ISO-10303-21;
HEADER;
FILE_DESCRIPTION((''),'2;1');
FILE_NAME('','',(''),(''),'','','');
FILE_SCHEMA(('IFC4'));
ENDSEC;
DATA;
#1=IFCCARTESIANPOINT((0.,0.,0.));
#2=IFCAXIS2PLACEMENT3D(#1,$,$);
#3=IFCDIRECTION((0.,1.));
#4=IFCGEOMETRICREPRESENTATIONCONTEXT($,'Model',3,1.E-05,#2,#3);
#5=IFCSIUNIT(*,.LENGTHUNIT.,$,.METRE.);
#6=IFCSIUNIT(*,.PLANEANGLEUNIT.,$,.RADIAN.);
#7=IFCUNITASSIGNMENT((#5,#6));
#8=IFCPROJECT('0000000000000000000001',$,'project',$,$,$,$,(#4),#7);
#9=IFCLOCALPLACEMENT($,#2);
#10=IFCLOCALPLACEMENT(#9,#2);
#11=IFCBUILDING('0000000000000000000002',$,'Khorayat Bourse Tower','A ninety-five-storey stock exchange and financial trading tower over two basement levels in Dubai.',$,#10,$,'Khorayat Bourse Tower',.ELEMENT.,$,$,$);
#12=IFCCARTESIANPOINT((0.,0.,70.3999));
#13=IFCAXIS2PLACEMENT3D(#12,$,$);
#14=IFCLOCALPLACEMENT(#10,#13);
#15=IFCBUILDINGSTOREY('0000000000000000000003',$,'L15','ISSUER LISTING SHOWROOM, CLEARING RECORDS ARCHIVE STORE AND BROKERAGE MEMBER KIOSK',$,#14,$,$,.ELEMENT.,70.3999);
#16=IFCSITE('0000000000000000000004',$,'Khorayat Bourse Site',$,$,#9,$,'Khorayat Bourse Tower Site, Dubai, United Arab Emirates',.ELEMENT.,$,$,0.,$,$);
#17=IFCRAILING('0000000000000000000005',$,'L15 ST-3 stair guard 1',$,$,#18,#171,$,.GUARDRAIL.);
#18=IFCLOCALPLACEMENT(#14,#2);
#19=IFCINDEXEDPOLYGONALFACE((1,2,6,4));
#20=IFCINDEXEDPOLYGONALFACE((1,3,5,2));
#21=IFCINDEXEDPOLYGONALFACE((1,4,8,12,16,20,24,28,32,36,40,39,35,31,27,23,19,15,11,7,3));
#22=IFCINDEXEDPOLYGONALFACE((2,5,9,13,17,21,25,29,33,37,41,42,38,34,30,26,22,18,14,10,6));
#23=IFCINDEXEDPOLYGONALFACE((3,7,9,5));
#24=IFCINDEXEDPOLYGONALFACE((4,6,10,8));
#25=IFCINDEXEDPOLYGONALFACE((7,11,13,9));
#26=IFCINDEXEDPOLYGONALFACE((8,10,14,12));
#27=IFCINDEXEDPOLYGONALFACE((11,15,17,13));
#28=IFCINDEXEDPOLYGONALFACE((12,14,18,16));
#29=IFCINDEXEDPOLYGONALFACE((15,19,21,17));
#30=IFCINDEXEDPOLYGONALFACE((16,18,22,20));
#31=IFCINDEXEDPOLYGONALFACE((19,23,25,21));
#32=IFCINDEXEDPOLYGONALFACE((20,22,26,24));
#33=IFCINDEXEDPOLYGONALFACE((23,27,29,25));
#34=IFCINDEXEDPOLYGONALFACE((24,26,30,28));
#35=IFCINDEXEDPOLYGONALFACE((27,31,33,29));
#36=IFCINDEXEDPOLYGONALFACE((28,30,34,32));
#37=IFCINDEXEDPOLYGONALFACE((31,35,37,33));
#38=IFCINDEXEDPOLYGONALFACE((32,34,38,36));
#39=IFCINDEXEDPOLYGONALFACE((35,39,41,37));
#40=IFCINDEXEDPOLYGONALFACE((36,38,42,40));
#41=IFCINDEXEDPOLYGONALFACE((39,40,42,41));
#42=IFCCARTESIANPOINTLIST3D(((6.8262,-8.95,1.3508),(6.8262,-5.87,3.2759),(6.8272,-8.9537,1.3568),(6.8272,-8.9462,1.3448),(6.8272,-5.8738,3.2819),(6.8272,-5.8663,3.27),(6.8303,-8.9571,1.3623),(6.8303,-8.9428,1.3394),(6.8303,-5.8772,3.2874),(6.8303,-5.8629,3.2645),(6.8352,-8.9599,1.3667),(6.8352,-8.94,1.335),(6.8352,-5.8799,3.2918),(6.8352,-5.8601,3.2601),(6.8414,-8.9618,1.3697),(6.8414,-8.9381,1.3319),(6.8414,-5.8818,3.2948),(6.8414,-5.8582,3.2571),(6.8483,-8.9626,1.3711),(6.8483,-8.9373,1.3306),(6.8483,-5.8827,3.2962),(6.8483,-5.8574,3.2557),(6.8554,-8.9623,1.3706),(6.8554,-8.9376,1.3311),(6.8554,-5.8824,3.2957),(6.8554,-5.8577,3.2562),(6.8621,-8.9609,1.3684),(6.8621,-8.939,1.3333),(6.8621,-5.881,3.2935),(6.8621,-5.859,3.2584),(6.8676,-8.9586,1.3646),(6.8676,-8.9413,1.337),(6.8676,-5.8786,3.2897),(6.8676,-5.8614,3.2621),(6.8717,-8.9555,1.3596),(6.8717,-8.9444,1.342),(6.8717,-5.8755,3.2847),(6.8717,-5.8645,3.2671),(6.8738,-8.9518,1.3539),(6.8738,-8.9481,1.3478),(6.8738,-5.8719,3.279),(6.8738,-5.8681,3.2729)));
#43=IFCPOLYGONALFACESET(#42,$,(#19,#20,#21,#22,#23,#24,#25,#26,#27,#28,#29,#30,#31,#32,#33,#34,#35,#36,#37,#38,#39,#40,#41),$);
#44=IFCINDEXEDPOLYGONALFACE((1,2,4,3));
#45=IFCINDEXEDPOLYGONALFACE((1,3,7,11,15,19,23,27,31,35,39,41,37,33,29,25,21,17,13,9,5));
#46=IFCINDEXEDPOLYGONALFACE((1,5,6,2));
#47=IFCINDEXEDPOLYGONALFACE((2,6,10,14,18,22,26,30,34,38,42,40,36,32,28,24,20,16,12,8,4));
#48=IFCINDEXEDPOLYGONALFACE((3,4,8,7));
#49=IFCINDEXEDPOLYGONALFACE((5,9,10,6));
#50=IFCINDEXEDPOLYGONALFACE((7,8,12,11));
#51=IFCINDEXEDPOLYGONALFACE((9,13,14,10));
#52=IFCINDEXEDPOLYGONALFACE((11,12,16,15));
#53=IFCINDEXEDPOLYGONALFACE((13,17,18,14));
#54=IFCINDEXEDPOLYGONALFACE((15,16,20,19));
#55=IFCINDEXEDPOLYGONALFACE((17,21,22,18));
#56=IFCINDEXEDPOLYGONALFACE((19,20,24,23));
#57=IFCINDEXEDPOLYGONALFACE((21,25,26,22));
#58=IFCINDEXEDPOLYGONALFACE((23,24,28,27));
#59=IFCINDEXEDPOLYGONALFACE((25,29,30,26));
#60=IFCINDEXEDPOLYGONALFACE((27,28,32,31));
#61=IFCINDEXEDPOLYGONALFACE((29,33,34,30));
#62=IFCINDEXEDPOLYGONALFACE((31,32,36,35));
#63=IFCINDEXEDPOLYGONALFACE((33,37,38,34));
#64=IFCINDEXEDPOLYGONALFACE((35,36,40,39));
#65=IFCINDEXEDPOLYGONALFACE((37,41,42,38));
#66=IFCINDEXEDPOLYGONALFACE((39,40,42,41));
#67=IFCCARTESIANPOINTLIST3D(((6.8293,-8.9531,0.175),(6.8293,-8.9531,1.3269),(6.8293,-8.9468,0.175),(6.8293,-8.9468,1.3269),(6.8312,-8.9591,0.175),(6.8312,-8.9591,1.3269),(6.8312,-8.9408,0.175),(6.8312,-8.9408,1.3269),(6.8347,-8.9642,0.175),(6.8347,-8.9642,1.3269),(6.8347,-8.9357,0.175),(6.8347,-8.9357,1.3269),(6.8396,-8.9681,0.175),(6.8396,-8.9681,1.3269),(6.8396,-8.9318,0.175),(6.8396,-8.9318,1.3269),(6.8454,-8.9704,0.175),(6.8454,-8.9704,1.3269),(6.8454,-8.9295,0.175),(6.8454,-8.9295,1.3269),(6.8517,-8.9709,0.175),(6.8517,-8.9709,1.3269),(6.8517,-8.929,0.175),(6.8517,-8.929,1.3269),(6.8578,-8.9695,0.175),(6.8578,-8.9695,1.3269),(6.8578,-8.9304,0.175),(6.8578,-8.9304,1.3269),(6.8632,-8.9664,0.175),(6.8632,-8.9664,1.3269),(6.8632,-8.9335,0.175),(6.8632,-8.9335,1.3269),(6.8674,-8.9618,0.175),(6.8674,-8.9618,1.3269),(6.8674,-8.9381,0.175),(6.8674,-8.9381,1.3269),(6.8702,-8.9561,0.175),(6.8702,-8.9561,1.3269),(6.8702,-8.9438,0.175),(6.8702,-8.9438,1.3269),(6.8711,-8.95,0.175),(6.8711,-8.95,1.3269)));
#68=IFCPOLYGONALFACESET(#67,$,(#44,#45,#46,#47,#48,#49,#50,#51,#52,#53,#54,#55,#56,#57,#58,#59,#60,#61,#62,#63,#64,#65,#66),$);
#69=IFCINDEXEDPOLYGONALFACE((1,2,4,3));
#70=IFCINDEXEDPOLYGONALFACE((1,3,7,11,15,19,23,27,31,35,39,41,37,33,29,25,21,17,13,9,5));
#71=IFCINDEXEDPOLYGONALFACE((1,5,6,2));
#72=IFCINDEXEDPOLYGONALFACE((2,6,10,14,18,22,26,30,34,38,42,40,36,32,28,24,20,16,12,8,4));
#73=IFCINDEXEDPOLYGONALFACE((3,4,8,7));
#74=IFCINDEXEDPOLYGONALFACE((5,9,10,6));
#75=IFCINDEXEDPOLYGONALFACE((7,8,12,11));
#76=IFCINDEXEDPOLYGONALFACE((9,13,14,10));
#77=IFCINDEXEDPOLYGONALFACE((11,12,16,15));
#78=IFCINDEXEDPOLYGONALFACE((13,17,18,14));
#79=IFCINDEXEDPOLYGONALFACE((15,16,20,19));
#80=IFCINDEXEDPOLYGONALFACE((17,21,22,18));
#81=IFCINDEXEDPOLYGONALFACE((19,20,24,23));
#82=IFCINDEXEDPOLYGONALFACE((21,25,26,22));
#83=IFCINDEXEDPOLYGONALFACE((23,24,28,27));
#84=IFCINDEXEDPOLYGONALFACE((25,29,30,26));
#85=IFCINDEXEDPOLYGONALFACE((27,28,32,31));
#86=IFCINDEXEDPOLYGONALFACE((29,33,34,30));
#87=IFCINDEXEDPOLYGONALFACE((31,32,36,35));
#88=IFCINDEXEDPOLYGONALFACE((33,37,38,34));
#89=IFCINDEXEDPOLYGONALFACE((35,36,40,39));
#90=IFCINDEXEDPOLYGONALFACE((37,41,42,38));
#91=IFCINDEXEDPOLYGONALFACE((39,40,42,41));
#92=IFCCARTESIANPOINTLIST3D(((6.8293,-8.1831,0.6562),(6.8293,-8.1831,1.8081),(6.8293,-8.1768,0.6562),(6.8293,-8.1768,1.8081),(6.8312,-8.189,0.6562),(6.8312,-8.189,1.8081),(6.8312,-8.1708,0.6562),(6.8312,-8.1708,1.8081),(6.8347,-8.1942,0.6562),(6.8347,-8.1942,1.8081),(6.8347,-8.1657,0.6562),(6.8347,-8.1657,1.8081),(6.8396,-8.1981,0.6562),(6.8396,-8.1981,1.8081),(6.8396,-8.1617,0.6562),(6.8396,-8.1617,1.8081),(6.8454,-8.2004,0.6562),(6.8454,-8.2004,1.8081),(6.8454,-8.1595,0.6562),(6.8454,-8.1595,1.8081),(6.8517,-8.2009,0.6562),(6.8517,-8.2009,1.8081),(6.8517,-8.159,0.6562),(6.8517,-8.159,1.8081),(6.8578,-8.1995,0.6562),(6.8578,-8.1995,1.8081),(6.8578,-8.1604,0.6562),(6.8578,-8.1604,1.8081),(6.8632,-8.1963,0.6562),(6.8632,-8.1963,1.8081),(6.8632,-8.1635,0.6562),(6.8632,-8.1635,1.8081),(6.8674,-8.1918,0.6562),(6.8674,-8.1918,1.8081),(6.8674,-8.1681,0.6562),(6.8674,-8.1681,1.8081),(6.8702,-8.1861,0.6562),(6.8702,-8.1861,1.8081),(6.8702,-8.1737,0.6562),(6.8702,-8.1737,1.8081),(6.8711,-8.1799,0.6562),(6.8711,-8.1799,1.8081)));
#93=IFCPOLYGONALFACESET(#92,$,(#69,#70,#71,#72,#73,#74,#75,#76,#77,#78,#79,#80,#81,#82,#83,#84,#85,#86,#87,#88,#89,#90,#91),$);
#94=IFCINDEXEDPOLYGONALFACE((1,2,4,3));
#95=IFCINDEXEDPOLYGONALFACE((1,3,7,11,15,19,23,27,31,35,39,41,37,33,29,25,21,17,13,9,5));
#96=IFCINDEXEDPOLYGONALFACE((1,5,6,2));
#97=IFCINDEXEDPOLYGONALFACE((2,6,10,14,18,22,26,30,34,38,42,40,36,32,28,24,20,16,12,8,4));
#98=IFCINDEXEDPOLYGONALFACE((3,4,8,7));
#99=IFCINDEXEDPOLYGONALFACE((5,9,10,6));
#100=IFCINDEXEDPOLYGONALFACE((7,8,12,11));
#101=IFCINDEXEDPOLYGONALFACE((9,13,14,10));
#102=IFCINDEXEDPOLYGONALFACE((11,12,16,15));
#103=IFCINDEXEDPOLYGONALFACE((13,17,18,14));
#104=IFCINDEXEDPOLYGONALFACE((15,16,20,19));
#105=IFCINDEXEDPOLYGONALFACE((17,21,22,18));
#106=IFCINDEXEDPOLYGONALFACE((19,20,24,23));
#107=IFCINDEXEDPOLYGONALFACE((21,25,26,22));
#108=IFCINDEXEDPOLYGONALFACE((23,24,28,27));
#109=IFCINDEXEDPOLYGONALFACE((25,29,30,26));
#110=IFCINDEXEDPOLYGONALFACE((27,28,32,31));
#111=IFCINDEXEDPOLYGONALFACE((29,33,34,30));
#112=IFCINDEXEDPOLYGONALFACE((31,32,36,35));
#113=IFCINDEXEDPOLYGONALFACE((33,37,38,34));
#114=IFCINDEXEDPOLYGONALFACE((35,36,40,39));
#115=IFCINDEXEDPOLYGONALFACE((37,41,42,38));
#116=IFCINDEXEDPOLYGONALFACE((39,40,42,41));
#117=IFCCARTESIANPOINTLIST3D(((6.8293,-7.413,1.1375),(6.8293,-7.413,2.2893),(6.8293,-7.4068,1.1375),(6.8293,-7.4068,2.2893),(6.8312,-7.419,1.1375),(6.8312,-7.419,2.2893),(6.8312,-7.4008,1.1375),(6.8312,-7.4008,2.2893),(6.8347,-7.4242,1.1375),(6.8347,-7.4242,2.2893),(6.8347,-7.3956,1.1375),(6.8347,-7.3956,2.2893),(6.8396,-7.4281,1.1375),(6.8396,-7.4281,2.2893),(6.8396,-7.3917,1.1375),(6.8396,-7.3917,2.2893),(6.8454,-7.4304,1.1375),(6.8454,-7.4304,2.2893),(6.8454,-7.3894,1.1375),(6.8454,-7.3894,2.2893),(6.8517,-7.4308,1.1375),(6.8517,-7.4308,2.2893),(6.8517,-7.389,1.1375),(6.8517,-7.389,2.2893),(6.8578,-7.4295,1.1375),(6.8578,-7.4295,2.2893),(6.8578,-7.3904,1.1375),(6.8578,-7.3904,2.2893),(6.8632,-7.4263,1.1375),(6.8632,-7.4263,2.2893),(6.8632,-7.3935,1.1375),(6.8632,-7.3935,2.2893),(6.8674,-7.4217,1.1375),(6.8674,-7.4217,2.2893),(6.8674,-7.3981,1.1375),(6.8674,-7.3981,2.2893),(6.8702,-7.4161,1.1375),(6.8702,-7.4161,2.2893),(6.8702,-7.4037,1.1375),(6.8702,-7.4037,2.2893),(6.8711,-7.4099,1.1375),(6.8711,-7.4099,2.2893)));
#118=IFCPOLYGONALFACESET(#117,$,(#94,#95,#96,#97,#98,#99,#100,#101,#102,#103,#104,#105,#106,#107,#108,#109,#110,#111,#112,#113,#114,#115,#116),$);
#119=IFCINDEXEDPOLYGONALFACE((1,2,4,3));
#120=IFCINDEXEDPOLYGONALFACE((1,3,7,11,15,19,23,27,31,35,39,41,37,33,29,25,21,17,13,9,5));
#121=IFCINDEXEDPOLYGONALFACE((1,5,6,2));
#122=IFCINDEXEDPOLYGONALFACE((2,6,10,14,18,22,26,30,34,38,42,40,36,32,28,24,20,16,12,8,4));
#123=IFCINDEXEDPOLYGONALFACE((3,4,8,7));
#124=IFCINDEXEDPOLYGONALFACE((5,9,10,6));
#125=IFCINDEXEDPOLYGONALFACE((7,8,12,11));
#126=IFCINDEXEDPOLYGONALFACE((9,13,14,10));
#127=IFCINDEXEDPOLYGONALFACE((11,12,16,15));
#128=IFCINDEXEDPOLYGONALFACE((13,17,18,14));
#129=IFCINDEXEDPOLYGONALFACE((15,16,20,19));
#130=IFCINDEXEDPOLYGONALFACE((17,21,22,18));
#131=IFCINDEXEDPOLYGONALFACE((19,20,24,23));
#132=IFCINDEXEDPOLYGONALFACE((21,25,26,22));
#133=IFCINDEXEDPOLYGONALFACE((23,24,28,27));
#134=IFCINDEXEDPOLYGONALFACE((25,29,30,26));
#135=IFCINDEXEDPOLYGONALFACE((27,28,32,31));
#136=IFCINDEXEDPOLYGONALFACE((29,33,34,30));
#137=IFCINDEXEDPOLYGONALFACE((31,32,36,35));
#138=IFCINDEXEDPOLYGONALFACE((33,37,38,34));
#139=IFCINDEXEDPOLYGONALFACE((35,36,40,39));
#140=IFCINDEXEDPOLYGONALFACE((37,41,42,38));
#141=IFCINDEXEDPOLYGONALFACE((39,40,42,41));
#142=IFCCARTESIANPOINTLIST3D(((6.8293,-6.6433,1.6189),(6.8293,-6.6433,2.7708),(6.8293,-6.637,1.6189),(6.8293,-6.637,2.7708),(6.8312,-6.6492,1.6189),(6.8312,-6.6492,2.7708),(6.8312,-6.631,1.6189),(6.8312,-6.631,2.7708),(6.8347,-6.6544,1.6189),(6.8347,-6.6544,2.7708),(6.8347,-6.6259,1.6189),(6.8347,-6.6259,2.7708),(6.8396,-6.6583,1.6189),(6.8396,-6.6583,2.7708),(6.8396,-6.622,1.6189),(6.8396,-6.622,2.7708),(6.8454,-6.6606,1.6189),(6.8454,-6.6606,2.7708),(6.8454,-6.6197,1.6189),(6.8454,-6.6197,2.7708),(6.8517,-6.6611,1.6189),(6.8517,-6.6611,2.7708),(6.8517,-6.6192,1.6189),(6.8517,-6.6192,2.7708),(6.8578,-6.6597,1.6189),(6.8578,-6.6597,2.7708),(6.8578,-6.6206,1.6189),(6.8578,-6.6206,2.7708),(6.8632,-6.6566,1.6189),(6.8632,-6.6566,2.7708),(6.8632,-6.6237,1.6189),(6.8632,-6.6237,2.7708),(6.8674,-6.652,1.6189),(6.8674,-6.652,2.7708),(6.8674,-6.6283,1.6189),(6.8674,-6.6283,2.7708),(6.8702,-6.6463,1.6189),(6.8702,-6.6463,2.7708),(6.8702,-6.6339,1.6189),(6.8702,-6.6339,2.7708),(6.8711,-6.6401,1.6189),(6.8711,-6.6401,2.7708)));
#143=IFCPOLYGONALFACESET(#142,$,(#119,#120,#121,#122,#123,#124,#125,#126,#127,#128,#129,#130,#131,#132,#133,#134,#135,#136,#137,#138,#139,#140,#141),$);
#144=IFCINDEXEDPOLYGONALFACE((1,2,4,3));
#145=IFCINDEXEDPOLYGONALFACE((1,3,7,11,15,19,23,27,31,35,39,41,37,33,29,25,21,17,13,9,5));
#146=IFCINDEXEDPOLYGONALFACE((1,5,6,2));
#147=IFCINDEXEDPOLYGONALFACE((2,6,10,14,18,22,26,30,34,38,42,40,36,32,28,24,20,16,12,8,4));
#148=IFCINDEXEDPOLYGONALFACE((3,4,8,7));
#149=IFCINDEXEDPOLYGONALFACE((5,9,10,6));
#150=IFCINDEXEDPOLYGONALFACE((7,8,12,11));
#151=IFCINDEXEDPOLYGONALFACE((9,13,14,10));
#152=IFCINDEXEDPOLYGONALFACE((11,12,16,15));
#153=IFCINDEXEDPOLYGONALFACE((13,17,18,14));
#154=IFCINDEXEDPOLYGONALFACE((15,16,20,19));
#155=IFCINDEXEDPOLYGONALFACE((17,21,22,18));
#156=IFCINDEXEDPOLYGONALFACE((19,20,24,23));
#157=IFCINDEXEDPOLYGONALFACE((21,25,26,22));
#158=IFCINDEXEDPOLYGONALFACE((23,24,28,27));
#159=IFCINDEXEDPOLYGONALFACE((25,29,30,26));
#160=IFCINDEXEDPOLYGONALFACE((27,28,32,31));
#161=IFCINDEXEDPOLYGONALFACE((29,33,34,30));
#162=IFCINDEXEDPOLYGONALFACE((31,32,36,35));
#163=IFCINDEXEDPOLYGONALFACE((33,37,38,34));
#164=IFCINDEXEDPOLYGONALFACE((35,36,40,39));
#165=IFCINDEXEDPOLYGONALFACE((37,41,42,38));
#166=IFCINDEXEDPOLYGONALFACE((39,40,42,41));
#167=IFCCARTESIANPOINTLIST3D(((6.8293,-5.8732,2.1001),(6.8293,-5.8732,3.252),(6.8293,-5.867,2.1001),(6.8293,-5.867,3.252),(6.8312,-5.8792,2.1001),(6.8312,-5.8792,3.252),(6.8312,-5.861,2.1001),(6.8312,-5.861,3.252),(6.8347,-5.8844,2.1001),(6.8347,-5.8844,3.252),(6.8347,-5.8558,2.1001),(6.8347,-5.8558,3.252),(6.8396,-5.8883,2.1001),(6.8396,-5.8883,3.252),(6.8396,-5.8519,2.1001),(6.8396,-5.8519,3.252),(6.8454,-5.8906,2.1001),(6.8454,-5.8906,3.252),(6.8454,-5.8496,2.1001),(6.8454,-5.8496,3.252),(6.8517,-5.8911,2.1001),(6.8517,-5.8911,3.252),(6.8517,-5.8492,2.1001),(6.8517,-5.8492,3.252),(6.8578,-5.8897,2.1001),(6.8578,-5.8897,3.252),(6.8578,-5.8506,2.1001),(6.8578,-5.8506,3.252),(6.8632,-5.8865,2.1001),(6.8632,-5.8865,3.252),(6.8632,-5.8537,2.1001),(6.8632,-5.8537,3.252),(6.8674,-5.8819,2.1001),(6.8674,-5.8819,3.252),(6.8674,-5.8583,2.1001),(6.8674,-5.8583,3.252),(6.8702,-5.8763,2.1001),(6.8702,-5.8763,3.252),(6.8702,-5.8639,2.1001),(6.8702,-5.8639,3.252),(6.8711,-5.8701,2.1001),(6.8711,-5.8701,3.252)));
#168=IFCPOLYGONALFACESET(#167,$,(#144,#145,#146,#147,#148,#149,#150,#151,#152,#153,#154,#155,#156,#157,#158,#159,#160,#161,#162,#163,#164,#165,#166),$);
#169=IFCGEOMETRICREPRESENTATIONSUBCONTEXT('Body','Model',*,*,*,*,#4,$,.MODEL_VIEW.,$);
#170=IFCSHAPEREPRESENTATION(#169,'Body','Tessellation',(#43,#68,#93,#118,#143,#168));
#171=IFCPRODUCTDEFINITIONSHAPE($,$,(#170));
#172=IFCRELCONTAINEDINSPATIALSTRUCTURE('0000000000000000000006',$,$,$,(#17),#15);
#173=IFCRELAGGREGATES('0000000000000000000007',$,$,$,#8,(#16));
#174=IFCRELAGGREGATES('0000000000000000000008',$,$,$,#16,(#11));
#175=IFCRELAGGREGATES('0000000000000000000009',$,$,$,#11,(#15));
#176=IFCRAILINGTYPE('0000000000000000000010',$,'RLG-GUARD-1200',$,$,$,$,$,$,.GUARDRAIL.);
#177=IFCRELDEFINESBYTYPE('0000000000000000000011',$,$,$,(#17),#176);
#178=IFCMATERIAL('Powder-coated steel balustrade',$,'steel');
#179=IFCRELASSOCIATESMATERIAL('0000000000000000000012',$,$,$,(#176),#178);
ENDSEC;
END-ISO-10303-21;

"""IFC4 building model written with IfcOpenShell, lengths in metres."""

from ifc_helpers import new_model, si_unit, direction, frame, origin, origin_2d, place, context, subcontext, project, spatial, circle, extrude, source, transform, mapped, material, type_object, element, save


model = new_model("IFC4")

# Units and contexts
model_context = context("Model", 3, precision=1e-05, world=origin(), true_north=direction((0.0, 1.0)))
body_context = subcontext(model_context, "Body", "Model", "MODEL_VIEW")
ifc_project = project(units=[si_unit("LENGTHUNIT", "METRE"), si_unit("PLANEANGLEUNIT", "RADIAN")], contexts=[model_context])

# Site, building, storey
site_placement = place(None, origin())
site = spatial("IfcSite", under=ifc_project, at=site_placement, Name="Khorayat Bourse Site", LongName="Khorayat Bourse Tower Site, Dubai, United Arab Emirates", CompositionType="ELEMENT", RefElevation=0.0)
building_placement = place(site_placement, origin())
building = spatial("IfcBuilding", under=site, at=building_placement, Name="Khorayat Bourse Tower", Description="A ninety-five-storey stock exchange and financial trading tower over two basement levels in Dubai.", LongName="Khorayat Bourse Tower", CompositionType="ELEMENT")
storey_placement = place(building_placement, frame((0.0, 0.0, 70.3999)))
storey = spatial("IfcBuildingStorey", under=building, at=storey_placement, Name="L15", Description="ISSUER LISTING SHOWROOM, CLEARING RECORDS ARCHIVE STORE AND BROKERAGE MEMBER KIOSK", CompositionType="ELEMENT", Elevation=70.3999)

# Railing
ifc_material_1 = material(Name="Powder-coated steel balustrade", Category="steel")
railing_type_1 = type_object("IfcRailingType", Name="RLG-GUARD-1200", PredefinedType="GUARDRAIL", material=ifc_material_1)
shared_shape_1 = source(origin(), body_context, "Body", "SweptSolid", [
    extrude(circle(Radius=0.0239, at=origin_2d()), frame((0.0, 0.0, 1.1758), z_axis=(0.0, 0.847979, 0.530029), x_axis=(-1.0, 0.0, 0.0)), (0.0, 0.0, 1.0), 3.6321),
    extrude(circle(Radius=0.021, at=origin_2d()), origin(), (0.0, 0.0, 1.0), 1.1519),
    extrude(circle(Radius=0.021, at=origin_2d()), frame((0.0, 0.77, 0.4812)), (0.0, 0.0, 1.0), 1.1519),
    extrude(circle(Radius=0.021, at=origin_2d()), frame((0.0, 1.54, 0.9624)), (0.0, 0.0, 1.0), 1.1519),
    extrude(circle(Radius=0.021, at=origin_2d()), frame((0.0, 2.3098, 1.4438)), (0.0, 0.0, 1.0), 1.1519),
    extrude(circle(Radius=0.021, at=origin_2d()), frame((0.0, 3.0798, 1.925)), (0.0, 0.0, 1.0), 1.1519),
])
railing_1_placement = place(storey_placement, frame((6.8501, -8.95, 0.175)))
element("IfcRailing", 1, at=railing_1_placement, inside=storey, type_object=railing_type_1, Name="L15 ST-3 stair guard 1", PredefinedType="GUARDRAIL", context=body_context, shape_type="MappedRepresentation", body=[
    mapped(shared_shape_1, transform((0.0, 0.0, 0.0), scale=1.0)),
])

save(model, "model.ifc")
